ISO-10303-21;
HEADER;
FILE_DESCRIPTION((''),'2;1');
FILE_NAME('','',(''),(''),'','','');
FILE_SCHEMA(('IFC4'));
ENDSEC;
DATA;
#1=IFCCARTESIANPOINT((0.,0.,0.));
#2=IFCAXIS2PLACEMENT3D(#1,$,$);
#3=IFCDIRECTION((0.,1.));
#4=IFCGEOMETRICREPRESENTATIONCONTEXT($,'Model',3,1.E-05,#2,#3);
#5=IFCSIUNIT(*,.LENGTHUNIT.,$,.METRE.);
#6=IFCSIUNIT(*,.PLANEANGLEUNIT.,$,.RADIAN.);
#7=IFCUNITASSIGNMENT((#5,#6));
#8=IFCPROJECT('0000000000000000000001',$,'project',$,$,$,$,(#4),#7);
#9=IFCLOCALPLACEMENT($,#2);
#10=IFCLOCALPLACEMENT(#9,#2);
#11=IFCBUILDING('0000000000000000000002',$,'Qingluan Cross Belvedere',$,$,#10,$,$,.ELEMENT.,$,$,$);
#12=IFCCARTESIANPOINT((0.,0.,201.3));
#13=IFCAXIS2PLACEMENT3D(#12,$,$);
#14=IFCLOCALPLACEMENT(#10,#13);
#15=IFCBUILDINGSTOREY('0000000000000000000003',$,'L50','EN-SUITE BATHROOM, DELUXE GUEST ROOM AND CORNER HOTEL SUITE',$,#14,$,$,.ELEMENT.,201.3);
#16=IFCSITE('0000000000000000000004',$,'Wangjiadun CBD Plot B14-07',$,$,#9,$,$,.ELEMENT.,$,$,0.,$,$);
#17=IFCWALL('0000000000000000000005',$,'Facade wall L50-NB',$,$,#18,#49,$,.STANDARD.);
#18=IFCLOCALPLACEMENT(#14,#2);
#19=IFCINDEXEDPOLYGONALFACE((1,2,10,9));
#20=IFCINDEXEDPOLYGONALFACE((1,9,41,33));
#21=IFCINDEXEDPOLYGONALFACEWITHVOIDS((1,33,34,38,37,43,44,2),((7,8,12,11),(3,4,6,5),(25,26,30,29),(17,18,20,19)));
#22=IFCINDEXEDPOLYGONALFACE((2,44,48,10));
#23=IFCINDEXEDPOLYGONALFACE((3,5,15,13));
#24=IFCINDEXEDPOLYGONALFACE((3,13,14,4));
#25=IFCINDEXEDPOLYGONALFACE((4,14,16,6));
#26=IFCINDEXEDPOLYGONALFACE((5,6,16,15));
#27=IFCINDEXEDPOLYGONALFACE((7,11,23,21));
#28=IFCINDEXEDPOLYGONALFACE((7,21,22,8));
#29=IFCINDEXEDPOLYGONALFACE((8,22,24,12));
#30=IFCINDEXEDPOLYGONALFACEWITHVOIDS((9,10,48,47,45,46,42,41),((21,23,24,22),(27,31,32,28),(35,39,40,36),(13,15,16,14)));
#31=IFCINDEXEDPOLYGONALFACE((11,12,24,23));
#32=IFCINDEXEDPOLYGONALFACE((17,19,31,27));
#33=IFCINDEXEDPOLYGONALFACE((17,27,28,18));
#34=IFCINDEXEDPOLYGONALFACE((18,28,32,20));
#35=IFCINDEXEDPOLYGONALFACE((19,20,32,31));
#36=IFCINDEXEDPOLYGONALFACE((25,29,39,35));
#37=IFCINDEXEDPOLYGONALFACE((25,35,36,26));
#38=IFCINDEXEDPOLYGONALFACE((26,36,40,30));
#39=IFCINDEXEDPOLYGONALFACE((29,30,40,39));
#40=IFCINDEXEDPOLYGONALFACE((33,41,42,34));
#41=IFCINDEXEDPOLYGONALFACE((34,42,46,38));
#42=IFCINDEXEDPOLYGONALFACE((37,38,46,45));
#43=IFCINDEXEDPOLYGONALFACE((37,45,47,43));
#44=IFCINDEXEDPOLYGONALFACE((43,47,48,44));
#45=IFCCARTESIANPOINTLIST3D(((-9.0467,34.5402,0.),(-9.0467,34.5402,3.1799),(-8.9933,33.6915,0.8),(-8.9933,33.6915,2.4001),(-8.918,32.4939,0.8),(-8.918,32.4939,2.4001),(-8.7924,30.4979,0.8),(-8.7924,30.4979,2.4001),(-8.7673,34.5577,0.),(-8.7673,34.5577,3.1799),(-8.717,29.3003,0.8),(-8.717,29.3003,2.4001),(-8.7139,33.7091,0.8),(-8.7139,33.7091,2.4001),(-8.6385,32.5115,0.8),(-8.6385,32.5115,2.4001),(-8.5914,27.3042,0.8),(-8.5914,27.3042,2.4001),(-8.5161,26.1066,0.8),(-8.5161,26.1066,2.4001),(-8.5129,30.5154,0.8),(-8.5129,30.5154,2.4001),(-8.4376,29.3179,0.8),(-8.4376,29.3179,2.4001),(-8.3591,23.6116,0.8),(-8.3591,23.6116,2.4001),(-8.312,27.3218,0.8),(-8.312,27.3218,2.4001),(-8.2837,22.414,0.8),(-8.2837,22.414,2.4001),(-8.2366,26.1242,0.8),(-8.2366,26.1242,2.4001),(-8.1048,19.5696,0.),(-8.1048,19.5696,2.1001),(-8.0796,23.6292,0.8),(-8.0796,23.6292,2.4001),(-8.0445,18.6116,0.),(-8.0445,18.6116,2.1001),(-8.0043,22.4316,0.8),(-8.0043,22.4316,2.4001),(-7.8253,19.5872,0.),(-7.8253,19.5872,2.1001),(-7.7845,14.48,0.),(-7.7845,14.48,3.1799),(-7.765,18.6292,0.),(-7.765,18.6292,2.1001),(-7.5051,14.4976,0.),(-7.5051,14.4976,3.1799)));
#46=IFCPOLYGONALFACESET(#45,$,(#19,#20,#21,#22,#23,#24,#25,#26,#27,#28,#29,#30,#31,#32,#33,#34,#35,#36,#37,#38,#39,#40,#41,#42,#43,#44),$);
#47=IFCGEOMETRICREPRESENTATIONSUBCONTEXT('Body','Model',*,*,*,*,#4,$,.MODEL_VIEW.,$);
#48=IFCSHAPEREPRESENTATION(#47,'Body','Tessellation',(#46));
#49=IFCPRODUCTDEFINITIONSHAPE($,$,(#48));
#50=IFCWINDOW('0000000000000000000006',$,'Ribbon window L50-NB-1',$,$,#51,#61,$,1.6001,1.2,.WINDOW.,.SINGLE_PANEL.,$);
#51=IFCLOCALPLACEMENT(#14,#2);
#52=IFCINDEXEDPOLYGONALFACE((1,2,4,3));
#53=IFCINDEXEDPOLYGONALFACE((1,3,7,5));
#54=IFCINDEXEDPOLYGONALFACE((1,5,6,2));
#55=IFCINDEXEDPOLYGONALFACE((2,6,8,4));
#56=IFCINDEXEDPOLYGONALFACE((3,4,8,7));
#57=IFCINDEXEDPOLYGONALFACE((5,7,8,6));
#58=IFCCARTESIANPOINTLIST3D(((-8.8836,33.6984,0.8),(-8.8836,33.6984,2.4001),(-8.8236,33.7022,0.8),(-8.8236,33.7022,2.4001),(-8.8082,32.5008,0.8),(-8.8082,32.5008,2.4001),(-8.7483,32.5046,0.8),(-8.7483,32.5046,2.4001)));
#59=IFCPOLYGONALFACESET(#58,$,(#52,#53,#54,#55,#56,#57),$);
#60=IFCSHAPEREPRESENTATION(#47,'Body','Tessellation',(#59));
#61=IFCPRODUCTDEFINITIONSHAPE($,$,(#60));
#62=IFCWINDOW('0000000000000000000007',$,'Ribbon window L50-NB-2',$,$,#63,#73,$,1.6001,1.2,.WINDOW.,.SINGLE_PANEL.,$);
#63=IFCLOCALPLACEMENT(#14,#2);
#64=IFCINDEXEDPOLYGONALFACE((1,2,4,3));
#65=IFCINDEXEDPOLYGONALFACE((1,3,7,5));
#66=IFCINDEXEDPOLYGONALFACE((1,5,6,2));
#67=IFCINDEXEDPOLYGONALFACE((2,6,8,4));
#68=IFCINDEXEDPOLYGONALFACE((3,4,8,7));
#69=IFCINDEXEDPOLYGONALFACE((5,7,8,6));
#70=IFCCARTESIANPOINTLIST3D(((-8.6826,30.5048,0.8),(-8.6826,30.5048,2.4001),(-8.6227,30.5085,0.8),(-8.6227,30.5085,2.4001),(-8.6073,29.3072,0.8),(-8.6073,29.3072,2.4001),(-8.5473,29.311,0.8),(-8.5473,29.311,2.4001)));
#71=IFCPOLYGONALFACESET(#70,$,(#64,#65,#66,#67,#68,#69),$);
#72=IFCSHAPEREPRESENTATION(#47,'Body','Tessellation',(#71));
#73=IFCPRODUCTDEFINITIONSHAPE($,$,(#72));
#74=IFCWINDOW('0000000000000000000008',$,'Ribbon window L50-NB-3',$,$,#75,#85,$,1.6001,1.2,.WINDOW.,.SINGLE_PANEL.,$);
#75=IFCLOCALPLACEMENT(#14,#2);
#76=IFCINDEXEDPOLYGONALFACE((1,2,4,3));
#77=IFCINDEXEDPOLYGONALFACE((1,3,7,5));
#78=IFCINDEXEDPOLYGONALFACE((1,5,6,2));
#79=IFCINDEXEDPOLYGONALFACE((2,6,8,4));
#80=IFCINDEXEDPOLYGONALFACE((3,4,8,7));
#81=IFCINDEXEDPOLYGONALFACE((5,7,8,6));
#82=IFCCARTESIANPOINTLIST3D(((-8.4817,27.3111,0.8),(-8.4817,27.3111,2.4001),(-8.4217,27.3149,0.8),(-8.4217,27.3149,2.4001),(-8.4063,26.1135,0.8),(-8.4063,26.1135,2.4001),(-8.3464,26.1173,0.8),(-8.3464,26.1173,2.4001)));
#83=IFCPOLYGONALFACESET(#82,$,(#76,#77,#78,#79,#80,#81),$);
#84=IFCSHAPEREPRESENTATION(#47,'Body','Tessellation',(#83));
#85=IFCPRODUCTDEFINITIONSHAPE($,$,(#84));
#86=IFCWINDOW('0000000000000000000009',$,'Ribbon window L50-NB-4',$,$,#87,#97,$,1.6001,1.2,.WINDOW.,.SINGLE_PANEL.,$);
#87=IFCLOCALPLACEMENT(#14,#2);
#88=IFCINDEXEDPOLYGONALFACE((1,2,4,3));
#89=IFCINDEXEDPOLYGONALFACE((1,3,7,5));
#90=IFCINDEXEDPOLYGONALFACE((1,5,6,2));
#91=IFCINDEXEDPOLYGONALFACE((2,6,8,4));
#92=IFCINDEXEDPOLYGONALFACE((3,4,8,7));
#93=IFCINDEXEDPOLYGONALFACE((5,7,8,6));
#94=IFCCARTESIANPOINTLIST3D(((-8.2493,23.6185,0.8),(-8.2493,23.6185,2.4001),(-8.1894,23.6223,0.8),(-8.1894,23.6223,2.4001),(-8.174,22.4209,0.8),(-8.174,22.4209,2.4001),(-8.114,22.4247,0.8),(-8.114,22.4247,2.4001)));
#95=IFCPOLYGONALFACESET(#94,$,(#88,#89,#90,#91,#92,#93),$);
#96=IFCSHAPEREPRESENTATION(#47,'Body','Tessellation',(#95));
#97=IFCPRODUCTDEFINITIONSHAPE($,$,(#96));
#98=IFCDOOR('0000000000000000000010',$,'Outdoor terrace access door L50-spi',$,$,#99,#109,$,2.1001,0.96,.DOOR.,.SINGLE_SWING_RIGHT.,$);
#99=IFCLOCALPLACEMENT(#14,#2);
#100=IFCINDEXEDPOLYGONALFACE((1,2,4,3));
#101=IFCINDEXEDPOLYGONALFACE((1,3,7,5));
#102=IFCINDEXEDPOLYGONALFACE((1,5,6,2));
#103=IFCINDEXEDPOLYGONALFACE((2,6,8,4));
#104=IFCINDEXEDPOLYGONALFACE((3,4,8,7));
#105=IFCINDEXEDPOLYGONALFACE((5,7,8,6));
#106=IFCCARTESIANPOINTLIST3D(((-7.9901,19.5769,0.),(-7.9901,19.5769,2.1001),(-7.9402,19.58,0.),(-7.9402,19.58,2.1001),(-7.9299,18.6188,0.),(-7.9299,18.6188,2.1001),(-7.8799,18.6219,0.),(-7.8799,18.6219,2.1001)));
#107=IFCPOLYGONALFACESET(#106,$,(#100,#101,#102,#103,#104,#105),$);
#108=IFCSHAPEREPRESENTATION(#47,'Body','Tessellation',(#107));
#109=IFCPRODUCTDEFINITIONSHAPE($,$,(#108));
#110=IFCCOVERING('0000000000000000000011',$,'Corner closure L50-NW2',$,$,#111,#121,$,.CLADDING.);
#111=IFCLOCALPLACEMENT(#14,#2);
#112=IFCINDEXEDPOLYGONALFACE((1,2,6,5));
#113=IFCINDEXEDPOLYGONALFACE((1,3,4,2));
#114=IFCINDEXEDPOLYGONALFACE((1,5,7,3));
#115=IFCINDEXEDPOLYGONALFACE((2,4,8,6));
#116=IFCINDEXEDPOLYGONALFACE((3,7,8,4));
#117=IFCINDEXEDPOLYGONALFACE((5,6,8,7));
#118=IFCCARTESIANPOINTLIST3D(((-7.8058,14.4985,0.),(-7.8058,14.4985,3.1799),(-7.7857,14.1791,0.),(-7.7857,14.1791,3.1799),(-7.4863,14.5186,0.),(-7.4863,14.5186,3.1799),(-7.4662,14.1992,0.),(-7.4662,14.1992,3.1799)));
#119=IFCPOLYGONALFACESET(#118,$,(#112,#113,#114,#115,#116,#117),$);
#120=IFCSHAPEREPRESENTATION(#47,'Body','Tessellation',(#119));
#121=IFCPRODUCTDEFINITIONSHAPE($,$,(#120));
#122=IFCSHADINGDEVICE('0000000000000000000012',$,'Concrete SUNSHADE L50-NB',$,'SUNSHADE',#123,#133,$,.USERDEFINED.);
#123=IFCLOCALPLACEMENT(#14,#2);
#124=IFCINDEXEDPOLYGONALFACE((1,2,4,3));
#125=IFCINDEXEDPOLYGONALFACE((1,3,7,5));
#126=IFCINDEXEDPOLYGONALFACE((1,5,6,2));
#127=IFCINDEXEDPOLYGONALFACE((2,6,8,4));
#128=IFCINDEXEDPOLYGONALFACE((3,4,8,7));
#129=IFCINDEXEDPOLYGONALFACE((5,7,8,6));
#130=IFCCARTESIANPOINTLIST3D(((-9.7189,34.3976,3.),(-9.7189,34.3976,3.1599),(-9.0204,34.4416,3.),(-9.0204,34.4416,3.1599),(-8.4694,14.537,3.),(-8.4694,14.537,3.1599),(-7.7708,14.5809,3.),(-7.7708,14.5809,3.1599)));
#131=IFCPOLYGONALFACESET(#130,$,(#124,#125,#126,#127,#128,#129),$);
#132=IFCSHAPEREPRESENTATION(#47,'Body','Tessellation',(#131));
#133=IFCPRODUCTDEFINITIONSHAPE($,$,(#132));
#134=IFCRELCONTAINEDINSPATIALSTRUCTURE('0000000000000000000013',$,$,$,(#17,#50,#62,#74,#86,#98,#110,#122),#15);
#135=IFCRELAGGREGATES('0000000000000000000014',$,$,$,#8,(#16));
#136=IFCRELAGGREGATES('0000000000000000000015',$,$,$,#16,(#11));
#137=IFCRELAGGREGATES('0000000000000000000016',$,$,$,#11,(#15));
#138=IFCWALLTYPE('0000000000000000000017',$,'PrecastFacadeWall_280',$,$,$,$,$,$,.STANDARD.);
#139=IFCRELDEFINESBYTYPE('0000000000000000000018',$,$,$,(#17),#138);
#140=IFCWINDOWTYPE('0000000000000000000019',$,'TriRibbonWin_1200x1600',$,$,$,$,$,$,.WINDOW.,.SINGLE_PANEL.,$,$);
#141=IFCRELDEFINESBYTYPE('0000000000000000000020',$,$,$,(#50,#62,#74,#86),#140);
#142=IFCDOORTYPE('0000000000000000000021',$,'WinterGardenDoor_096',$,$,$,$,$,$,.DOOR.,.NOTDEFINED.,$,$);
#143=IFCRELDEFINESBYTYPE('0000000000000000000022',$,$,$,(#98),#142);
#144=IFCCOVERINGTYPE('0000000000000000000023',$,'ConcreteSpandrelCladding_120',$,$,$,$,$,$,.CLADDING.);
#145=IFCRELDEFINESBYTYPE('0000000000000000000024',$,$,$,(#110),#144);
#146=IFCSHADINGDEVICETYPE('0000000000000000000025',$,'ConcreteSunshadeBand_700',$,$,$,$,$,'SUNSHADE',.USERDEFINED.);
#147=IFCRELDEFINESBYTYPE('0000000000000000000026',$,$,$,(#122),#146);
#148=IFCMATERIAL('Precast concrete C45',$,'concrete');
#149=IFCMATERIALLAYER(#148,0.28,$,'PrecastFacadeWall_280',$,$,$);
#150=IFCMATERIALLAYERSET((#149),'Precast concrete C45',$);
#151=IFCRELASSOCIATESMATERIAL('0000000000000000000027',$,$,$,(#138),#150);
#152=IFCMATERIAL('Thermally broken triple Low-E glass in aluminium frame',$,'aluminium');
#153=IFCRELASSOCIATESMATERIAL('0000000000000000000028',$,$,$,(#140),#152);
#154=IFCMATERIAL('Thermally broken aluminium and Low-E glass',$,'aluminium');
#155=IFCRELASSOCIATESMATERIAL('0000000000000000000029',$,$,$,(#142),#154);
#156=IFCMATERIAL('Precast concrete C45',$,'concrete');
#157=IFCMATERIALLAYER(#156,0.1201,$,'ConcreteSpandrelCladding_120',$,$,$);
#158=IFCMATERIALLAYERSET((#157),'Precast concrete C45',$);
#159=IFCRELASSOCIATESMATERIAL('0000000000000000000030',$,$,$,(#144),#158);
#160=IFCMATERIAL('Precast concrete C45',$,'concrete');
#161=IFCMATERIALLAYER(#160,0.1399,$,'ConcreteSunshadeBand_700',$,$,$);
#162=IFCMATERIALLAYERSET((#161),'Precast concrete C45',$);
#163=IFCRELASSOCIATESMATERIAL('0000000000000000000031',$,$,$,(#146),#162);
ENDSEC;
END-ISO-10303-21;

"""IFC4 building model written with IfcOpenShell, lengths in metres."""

from ifc_helpers import new_model, si_unit, direction, frame, frame_2d, origin, origin_2d, place, context, subcontext, project, spatial, rectangle, extrude, material, layer, layer_set, type_object, element, fill, save


model = new_model("IFC4")

# Units and contexts
model_context = context("Model", 3, precision=1e-05, world=origin(), true_north=direction((0.0, 1.0)))
body_context = subcontext(model_context, "Body", "Model", "MODEL_VIEW")
ifc_project = project(units=[si_unit("LENGTHUNIT", "METRE"), si_unit("PLANEANGLEUNIT", "RADIAN")], contexts=[model_context])

# Site, building, storey
site_placement = place(None, origin())
site = spatial("IfcSite", under=ifc_project, at=site_placement, Name="Wangjiadun CBD Plot B14-07", CompositionType="ELEMENT", RefElevation=0.0)
building_placement = place(site_placement, origin())
building = spatial("IfcBuilding", under=site, at=building_placement, Name="Qingluan Cross Belvedere", CompositionType="ELEMENT")
storey_placement = place(building_placement, frame((0.0, 0.0, 201.3)))
storey = spatial("IfcBuildingStorey", under=building, at=storey_placement, Name="L50", Description="EN-SUITE BATHROOM, DELUXE GUEST ROOM AND CORNER HOTEL SUITE", CompositionType="ELEMENT", Elevation=201.3)

# Wall, openings, windows, door
ifc_material_1 = material(Name="Precast concrete C45", Category="concrete")
ifc_layer_1 = layer(ifc_material_1, 0.28, Name="PrecastFacadeWall_280")
ifc_layer_set_1 = layer_set([ifc_layer_1], Name="Precast concrete C45")
wall_type_1 = type_object("IfcWallType", Name="PrecastFacadeWall_280", PredefinedType="STANDARD", material=ifc_layer_set_1)
wall_1_placement = place(storey_placement, frame((-8.907, 34.5488, 0.0), z_axis=(0.0, 0.0, 1.0), x_axis=(0.062796, -0.998026, 0.0)))
wall_1 = element("IfcWall", 1, at=wall_1_placement, inside=storey, type_object=wall_type_1, Name="Facade wall L50-NB", PredefinedType="STANDARD", context=body_context, shape_type="SweptSolid", body=[
    extrude(rectangle(XDim=20.0999, YDim=0.28, at=frame_2d((10.0498, 0.0))), origin(), (0.0, 0.0, 1.0), 3.1799),
])
opening_1_placement = place(wall_1_placement, frame((0.8501, 0.0, 0.8)))
opening_1 = element("IfcOpeningElement", 2, at=opening_1_placement, cuts=wall_1, PredefinedType="OPENING", context=body_context, shape_type="SweptSolid", body=[
    extrude(rectangle(XDim=1.2, YDim=1.6001, at=frame_2d((0.6001, 0.8))), frame((0.0, 0.1499, 0.0), z_axis=(0.0, -1.0, 0.0), x_axis=(1.0, 0.0, 0.0)), (0.0, 0.0, 1.0), 0.3),
])
opening_2_placement = place(wall_1_placement, frame((4.05, 0.0, 0.8)))
opening_2 = element("IfcOpeningElement", 3, at=opening_2_placement, cuts=wall_1, PredefinedType="OPENING", context=body_context, shape_type="SweptSolid", body=[
    extrude(rectangle(XDim=1.2, YDim=1.6001, at=frame_2d((0.6001, 0.8))), frame((0.0, 0.1499, 0.0), z_axis=(0.0, -1.0, 0.0), x_axis=(1.0, 0.0, 0.0)), (0.0, 0.0, 1.0), 0.3),
])
opening_3_placement = place(wall_1_placement, frame((7.25, 0.0, 0.8)))
opening_3 = element("IfcOpeningElement", 4, at=opening_3_placement, cuts=wall_1, PredefinedType="OPENING", context=body_context, shape_type="SweptSolid", body=[
    extrude(rectangle(XDim=1.2, YDim=1.6001, at=frame_2d((0.6001, 0.8))), frame((0.0, 0.1499, 0.0), z_axis=(0.0, -1.0, 0.0), x_axis=(1.0, 0.0, 0.0)), (0.0, 0.0, 1.0), 0.3),
])
opening_4_placement = place(wall_1_placement, frame((10.95, 0.0, 0.8)))
opening_4 = element("IfcOpeningElement", 5, at=opening_4_placement, cuts=wall_1, PredefinedType="OPENING", context=body_context, shape_type="SweptSolid", body=[
    extrude(rectangle(XDim=1.2, YDim=1.6001, at=frame_2d((0.6001, 0.8))), frame((0.0, 0.1499, 0.0), z_axis=(0.0, -1.0, 0.0), x_axis=(1.0, 0.0, 0.0)), (0.0, 0.0, 1.0), 0.3),
])
opening_5_placement = place(wall_1_placement, frame((15.0, 0.0, 0.0)))
opening_5 = element("IfcOpeningElement", 6, at=opening_5_placement, cuts=wall_1, PredefinedType="OPENING", context=body_context, shape_type="SweptSolid", body=[
    extrude(rectangle(XDim=0.96, YDim=2.1001, at=frame_2d((0.48, 1.05))), frame((0.0, 0.1499, 0.0), z_axis=(0.0, -1.0, 0.0), x_axis=(1.0, 0.0, 0.0)), (0.0, 0.0, 1.0), 0.3),
])
ifc_material_2 = material(Name="Thermally broken triple Low-E glass in aluminium frame", Category="aluminium")
window_type = type_object("IfcWindowType", Name="TriRibbonWin_1200x1600", PartitioningType="SINGLE_PANEL", PredefinedType="WINDOW", material=ifc_material_2)
window_1_placement = place(opening_1_placement, origin())
window_1 = element("IfcWindow", 7, at=window_1_placement, inside=storey, type_object=window_type, Name="Ribbon window L50-NB-1", OverallHeight=1.6001, OverallWidth=1.2, PartitioningType="SINGLE_PANEL", PredefinedType="WINDOW", context=body_context, shape_type="SweptSolid", body=[
    extrude(rectangle(XDim=1.2, YDim=1.6001, at=frame_2d((0.6001, 0.8))), frame((0.0, 0.03, 0.0), z_axis=(0.0, -1.0, 0.0), x_axis=(1.0, 0.0, 0.0)), (0.0, 0.0, 1.0), 0.0601),
])
fill(opening_1, window_1)
window_2_placement = place(opening_2_placement, origin())
window_2 = element("IfcWindow", 8, at=window_2_placement, inside=storey, type_object=window_type, Name="Ribbon window L50-NB-2", OverallHeight=1.6001, OverallWidth=1.2, PartitioningType="SINGLE_PANEL", PredefinedType="WINDOW", context=body_context, shape_type="SweptSolid", body=[
    extrude(rectangle(XDim=1.2, YDim=1.6001, at=frame_2d((0.6001, 0.8))), frame((0.0, 0.03, 0.0), z_axis=(0.0, -1.0, 0.0), x_axis=(1.0, 0.0, 0.0)), (0.0, 0.0, 1.0), 0.0601),
])
fill(opening_2, window_2)
window_3_placement = place(opening_3_placement, origin())
window_3 = element("IfcWindow", 9, at=window_3_placement, inside=storey, type_object=window_type, Name="Ribbon window L50-NB-3", OverallHeight=1.6001, OverallWidth=1.2, PartitioningType="SINGLE_PANEL", PredefinedType="WINDOW", context=body_context, shape_type="SweptSolid", body=[
    extrude(rectangle(XDim=1.2, YDim=1.6001, at=frame_2d((0.6001, 0.8))), frame((0.0, 0.03, 0.0), z_axis=(0.0, -1.0, 0.0), x_axis=(1.0, 0.0, 0.0)), (0.0, 0.0, 1.0), 0.0601),
])
fill(opening_3, window_3)
window_4_placement = place(opening_4_placement, origin())
window_4 = element("IfcWindow", 10, at=window_4_placement, inside=storey, type_object=window_type, Name="Ribbon window L50-NB-4", OverallHeight=1.6001, OverallWidth=1.2, PartitioningType="SINGLE_PANEL", PredefinedType="WINDOW", context=body_context, shape_type="SweptSolid", body=[
    extrude(rectangle(XDim=1.2, YDim=1.6001, at=frame_2d((0.6001, 0.8))), frame((0.0, 0.03, 0.0), z_axis=(0.0, -1.0, 0.0), x_axis=(1.0, 0.0, 0.0)), (0.0, 0.0, 1.0), 0.0601),
])
fill(opening_4, window_4)
ifc_material_3 = material(Name="Thermally broken aluminium and Low-E glass", Category="aluminium")
door_type_1 = type_object("IfcDoorType", Name="WinterGardenDoor_096", OperationType="NOTDEFINED", PredefinedType="DOOR", material=ifc_material_3)
door_1_placement = place(opening_5_placement, origin())
door_1 = element("IfcDoor", 11, at=door_1_placement, inside=storey, type_object=door_type_1, Name="Outdoor terrace access door L50-spi", OperationType="SINGLE_SWING_RIGHT", OverallHeight=2.1001, OverallWidth=0.96, PredefinedType="DOOR", context=body_context, shape_type="SweptSolid", body=[
    extrude(rectangle(XDim=0.96, YDim=2.1001, at=frame_2d((0.48, 1.05))), frame((0.0, 0.0249, 0.0), z_axis=(0.0, -1.0, 0.0), x_axis=(1.0, 0.0, 0.0)), (0.0, 0.0, 1.0), 0.05),
])
fill(opening_5, door_1)

# Covering
ifc_material_4 = material(Name="Precast concrete C45", Category="concrete")
ifc_layer_2 = layer(ifc_material_4, 0.1201, Name="ConcreteSpandrelCladding_120")
ifc_layer_set_2 = layer_set([ifc_layer_2], Name="Precast concrete C45")
covering_type_1 = type_object("IfcCoveringType", Name="ConcreteSpandrelCladding_120", PredefinedType="CLADDING", material=ifc_layer_set_2)
covering_1_placement = place(storey_placement, frame((-7.636, 14.3489, 0.0), z_axis=(0.0, 0.0, 1.0), x_axis=(0.998027, 0.062791, 0.0)))
element("IfcCovering", 12, at=covering_1_placement, inside=storey, type_object=covering_type_1, Name="Corner closure L50-NW2", PredefinedType="CLADDING", context=body_context, shape_type="SweptSolid", body=[
    extrude(rectangle(XDim=0.3201, YDim=0.3201, at=origin_2d()), origin(), (0.0, 0.0, 1.0), 3.1799),
])

# Shading device
ifc_material_5 = material(Name="Precast concrete C45", Category="concrete")
ifc_layer_3 = layer(ifc_material_5, 0.1399, Name="ConcreteSunshadeBand_700")
ifc_layer_set_3 = layer_set([ifc_layer_3], Name="Precast concrete C45")
shading_device_type = type_object("IfcShadingDeviceType", Name="ConcreteSunshadeBand_700", ElementType="SUNSHADE", PredefinedType="USERDEFINED", material=ifc_layer_set_3)
shading_device_placement = place(storey_placement, frame((-8.7449, 24.4893, 3.0), z_axis=(0.0, 0.0, 1.0), x_axis=(0.062791, -0.998027, 0.0)))
element("IfcShadingDevice", 13, at=shading_device_placement, inside=storey, type_object=shading_device_type, Name="Concrete SUNSHADE L50-NB", ObjectType="SUNSHADE", PredefinedType="USERDEFINED", context=body_context, shape_type="SweptSolid", body=[
    extrude(rectangle(XDim=19.8999, YDim=0.7, at=origin_2d()), origin(), (0.0, 0.0, 1.0), 0.1599),
])

save(model, "model.ifc")
